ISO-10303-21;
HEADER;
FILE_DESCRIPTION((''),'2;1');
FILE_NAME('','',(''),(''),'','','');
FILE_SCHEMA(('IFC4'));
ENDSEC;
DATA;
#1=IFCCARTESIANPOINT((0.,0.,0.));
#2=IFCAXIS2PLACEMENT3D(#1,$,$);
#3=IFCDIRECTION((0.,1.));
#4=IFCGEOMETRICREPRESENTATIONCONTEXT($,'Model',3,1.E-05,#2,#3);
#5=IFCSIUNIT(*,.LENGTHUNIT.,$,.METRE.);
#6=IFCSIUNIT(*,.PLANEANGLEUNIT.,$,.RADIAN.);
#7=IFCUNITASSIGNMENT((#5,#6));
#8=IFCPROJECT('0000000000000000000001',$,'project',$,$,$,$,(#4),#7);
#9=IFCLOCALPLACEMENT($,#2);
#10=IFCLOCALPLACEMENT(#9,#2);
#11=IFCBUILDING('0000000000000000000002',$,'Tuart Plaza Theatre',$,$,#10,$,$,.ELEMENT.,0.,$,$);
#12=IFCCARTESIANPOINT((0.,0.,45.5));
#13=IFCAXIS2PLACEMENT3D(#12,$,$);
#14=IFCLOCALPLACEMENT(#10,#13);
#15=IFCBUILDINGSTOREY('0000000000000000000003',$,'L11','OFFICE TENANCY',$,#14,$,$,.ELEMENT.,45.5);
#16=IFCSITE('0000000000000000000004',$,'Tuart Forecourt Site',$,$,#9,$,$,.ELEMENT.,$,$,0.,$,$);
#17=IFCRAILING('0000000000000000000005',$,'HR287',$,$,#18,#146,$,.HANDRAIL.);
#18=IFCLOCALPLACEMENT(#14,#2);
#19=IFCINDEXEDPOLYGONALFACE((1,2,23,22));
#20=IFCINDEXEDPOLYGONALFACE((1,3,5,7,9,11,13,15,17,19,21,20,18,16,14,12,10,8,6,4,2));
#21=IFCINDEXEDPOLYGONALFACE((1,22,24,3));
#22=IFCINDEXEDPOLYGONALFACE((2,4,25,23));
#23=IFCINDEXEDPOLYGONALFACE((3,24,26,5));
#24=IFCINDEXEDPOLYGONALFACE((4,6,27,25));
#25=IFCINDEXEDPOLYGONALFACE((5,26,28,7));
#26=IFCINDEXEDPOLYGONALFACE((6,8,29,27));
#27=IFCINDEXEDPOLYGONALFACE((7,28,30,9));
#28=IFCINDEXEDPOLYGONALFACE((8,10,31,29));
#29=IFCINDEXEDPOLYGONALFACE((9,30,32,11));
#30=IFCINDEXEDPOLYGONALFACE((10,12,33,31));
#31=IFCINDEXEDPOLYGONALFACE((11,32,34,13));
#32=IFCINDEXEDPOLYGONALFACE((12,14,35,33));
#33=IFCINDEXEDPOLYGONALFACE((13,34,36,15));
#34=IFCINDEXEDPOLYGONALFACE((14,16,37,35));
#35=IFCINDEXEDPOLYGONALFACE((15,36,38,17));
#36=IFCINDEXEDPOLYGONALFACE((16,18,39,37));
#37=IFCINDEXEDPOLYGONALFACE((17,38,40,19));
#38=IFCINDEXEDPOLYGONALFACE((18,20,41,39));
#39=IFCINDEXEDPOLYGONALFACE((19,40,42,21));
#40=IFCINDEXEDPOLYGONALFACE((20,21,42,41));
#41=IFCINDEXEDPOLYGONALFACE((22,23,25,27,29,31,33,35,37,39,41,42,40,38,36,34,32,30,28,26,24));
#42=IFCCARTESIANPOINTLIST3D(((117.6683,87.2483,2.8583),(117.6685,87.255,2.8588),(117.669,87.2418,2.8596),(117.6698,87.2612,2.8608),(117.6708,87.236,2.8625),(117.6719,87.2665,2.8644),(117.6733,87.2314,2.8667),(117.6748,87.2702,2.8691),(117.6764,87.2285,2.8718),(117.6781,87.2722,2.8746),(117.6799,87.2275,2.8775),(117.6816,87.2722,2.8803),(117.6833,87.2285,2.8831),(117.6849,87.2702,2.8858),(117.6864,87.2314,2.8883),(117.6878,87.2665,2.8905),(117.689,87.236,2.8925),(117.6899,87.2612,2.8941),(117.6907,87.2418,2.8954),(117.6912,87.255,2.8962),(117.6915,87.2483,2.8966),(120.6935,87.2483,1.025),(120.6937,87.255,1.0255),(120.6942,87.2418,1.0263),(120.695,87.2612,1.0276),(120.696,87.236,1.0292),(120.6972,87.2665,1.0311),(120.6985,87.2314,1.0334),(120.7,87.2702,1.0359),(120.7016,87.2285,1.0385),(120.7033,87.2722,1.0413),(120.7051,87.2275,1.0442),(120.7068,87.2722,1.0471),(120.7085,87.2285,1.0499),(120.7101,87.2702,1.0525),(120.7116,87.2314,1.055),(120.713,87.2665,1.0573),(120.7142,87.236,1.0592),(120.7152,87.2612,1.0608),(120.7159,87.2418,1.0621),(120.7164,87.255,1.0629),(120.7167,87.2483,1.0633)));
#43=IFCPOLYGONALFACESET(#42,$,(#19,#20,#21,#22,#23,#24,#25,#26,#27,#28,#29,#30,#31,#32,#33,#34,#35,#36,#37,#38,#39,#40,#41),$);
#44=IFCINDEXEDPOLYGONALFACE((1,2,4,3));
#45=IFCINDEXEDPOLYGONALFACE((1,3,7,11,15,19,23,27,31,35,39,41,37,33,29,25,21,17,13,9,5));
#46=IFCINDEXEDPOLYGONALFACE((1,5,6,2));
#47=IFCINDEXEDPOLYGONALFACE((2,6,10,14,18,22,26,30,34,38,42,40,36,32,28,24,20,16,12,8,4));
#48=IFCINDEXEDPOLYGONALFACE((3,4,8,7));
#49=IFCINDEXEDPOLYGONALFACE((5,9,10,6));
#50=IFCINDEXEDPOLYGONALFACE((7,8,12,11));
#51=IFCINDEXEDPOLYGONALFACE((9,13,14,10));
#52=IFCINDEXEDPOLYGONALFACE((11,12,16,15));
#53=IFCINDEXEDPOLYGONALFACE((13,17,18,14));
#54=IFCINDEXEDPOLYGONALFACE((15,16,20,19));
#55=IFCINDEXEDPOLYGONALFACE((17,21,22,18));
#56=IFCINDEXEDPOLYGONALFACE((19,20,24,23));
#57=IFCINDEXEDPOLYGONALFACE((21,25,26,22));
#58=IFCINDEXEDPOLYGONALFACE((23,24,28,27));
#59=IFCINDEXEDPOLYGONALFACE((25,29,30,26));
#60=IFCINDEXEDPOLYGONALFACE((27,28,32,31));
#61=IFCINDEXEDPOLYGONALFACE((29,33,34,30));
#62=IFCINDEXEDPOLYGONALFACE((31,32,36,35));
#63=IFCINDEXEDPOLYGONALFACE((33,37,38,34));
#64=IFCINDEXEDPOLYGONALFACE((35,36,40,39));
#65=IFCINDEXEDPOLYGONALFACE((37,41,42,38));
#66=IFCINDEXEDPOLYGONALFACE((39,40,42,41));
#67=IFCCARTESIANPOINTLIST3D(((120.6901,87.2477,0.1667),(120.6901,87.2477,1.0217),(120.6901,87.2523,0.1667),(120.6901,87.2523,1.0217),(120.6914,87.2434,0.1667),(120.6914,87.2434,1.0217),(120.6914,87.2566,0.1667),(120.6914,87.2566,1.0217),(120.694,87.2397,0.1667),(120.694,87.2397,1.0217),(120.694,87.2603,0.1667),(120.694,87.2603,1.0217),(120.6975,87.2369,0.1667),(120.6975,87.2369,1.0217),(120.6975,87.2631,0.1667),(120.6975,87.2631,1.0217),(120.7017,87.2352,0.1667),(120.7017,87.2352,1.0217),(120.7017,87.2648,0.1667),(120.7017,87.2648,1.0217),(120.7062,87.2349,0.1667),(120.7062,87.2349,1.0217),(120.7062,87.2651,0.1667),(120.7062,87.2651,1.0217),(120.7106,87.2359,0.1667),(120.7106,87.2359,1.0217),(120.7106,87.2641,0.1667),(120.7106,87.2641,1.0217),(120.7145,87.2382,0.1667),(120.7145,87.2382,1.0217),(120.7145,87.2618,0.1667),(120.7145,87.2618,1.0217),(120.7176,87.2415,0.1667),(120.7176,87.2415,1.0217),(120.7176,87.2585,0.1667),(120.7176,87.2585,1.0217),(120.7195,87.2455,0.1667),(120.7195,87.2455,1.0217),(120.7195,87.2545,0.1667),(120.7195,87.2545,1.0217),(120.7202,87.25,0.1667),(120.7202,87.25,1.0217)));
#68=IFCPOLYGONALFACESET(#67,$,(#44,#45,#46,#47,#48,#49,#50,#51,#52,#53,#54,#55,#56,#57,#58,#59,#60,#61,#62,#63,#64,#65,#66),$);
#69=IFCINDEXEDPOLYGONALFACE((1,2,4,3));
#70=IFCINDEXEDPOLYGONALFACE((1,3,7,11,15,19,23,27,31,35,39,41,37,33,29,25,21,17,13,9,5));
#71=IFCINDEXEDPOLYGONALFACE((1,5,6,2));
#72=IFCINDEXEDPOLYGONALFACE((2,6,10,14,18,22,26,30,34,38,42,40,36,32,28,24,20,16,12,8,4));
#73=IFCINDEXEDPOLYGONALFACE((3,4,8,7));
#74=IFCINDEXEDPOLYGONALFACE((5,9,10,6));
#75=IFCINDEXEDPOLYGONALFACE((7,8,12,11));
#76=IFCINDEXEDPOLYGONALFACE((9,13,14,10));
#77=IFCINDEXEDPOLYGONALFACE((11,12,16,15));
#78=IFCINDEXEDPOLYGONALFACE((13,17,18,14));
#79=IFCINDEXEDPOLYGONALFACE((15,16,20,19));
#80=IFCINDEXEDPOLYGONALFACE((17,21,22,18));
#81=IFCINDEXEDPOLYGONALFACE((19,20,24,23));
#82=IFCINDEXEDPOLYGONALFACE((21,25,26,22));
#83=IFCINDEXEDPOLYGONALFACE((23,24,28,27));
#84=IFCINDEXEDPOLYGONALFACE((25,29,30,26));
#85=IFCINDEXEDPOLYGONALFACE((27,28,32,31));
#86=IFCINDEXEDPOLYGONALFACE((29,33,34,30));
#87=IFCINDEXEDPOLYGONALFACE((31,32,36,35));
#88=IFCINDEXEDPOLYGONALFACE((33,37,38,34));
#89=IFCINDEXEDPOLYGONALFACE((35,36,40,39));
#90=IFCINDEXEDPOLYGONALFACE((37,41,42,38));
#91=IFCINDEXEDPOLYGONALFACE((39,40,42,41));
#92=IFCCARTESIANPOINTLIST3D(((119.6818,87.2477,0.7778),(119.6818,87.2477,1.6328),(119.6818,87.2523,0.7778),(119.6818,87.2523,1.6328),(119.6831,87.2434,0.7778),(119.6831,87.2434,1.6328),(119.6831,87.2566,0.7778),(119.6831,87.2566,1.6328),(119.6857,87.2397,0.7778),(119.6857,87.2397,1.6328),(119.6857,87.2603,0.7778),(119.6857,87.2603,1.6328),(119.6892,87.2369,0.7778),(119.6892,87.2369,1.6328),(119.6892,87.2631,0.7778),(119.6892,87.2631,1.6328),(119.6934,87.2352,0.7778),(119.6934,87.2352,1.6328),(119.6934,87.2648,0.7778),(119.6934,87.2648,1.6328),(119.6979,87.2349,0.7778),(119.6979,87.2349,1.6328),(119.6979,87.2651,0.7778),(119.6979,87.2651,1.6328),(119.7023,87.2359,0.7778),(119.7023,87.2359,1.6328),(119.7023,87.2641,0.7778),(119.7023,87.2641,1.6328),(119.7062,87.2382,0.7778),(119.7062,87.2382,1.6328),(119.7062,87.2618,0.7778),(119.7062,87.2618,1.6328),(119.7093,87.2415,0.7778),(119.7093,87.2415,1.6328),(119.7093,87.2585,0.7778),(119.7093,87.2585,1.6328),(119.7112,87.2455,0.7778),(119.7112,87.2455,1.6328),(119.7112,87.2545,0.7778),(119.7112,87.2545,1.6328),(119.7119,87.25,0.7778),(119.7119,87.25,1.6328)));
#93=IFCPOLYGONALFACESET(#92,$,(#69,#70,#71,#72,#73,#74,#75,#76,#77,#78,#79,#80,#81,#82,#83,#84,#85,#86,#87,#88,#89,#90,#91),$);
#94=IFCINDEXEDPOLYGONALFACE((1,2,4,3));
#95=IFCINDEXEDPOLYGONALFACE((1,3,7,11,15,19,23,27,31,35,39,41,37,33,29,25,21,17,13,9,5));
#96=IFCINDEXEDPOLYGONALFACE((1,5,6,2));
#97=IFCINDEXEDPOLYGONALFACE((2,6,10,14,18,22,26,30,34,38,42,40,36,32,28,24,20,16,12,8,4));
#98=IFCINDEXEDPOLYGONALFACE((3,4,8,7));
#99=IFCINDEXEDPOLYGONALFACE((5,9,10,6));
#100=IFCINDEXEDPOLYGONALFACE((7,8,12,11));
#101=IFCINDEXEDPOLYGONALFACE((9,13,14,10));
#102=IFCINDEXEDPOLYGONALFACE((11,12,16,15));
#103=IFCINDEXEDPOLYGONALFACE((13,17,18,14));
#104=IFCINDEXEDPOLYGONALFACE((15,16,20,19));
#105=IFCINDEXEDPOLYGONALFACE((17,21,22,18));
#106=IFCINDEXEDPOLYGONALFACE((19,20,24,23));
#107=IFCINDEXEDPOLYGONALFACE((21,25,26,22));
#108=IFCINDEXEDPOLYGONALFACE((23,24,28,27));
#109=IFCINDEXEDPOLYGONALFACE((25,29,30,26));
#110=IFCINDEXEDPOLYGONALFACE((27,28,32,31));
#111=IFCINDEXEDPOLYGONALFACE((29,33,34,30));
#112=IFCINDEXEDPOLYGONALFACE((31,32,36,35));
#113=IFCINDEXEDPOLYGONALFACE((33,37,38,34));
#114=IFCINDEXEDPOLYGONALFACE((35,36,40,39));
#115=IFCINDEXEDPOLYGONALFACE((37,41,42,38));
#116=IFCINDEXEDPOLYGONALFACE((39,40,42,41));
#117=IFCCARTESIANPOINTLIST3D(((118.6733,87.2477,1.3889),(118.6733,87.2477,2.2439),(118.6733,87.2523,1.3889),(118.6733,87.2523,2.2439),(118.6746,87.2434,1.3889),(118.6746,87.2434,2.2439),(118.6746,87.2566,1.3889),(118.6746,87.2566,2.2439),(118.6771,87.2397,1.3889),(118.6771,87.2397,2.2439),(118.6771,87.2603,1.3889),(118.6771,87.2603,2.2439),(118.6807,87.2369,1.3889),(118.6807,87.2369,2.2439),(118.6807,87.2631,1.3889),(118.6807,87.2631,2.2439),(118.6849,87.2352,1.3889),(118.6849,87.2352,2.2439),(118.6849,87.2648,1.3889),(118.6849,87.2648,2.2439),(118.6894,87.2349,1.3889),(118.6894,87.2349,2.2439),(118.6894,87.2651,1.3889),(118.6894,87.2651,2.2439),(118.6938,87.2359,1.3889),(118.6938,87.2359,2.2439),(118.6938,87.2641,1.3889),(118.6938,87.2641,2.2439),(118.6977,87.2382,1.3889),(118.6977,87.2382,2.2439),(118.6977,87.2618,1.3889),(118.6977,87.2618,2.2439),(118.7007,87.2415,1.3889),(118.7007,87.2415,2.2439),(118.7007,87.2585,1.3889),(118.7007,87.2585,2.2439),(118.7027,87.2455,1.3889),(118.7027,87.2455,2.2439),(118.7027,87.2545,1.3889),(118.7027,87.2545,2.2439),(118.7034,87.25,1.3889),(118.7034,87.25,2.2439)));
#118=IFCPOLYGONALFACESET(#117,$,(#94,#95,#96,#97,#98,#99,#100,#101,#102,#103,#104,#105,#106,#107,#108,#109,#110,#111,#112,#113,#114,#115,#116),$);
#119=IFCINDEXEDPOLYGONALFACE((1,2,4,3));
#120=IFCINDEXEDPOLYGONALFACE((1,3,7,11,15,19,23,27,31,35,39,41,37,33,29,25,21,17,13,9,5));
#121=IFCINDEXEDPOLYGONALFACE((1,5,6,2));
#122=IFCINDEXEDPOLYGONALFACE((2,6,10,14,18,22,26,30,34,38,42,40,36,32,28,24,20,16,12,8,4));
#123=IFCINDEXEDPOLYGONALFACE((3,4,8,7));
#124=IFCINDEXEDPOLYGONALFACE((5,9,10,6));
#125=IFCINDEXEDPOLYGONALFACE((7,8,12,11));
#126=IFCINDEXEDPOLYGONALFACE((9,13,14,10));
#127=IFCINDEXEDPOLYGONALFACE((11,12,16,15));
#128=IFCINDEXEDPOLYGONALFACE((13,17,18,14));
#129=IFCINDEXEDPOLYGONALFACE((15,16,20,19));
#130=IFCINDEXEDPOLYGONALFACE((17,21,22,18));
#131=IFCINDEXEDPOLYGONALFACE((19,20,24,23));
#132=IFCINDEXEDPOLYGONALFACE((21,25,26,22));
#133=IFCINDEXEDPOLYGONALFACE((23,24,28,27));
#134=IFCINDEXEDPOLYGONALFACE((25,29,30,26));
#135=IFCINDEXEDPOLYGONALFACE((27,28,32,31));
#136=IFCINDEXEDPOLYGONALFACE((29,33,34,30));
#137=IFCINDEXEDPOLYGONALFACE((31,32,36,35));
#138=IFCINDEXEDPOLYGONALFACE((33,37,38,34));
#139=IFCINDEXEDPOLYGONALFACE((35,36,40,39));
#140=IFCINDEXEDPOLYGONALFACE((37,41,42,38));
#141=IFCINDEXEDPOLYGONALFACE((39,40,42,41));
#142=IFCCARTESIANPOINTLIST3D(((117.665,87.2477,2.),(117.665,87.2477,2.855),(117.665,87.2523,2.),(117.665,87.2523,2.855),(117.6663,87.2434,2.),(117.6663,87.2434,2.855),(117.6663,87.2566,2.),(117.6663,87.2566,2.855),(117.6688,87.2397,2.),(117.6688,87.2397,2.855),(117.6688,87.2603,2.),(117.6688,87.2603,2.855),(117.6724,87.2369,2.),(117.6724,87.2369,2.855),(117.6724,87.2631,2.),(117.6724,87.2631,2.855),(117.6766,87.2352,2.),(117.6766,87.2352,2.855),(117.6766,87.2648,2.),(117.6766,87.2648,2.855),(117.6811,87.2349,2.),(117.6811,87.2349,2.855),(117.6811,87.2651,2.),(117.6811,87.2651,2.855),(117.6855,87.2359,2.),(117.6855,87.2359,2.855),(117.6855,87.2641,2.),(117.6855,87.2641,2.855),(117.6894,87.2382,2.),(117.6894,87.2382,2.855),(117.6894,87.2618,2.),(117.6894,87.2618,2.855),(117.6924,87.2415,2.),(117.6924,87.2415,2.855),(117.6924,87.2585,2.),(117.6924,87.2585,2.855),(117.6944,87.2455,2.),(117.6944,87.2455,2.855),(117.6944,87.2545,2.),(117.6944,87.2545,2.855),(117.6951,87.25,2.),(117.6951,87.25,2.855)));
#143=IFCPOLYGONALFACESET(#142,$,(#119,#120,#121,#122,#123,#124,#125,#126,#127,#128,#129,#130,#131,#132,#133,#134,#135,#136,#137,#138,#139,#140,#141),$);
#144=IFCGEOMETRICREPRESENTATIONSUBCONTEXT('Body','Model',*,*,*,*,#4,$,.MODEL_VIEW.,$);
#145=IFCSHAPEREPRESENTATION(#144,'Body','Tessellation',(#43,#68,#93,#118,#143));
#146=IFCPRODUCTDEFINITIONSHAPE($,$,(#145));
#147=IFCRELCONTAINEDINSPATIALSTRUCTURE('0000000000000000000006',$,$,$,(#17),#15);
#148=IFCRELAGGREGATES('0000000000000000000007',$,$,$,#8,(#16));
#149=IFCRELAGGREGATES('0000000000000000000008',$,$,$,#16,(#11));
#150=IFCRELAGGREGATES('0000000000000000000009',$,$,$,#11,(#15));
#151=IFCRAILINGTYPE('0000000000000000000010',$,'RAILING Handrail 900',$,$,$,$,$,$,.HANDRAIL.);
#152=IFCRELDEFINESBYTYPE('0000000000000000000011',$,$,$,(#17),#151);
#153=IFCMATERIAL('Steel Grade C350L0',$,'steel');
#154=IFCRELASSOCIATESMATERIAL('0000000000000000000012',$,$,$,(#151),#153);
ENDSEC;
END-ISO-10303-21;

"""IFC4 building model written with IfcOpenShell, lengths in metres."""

from ifc_helpers import new_model, si_unit, direction, frame, origin, origin_2d, place, context, subcontext, project, spatial, circle, extrude, material, type_object, element, save


model = new_model("IFC4")

# Units and contexts
model_context = context("Model", 3, precision=1e-05, world=origin(), true_north=direction((0.0, 1.0)))
body_context = subcontext(model_context, "Body", "Model", "MODEL_VIEW")
ifc_project = project(units=[si_unit("LENGTHUNIT", "METRE"), si_unit("PLANEANGLEUNIT", "RADIAN")], contexts=[model_context])

# Site, building, storey
site_placement = place(None, origin())
site = spatial("IfcSite", under=ifc_project, at=site_placement, Name="Tuart Forecourt Site", CompositionType="ELEMENT", RefElevation=0.0)
building_placement = place(site_placement, origin())
building = spatial("IfcBuilding", under=site, at=building_placement, Name="Tuart Plaza Theatre", CompositionType="ELEMENT", ElevationOfRefHeight=0.0)
storey_placement = place(building_placement, frame((0.0, 0.0, 45.5)))
storey = spatial("IfcBuildingStorey", under=building, at=storey_placement, Name="L11", Description="OFFICE TENANCY", CompositionType="ELEMENT", Elevation=45.5)

# Railing
ifc_material_1 = material(Name="Steel Grade C350L0", Category="steel")
railing_type_1 = type_object("IfcRailingType", Name="RAILING Handrail 900", PredefinedType="HANDRAIL", material=ifc_material_1)
for number, where, name in (
    (1, (120.7051, 87.25, 0.1667), "HR287"),
):
    element("IfcRailing", number, at=place(storey_placement, frame(where)), inside=storey, type_object=railing_type_1, Name=name, PredefinedType="HANDRAIL", context=body_context, shape_type="SweptSolid", body=[
        extrude(circle(Radius=0.0225, at=origin_2d()), frame((0.0, 0.0, 0.8774), z_axis=(-0.855219, 0.0, 0.518267), x_axis=(0.0, -1.0, 0.0)), (0.0, 0.0, 1.0), 3.5374),
        extrude(circle(Radius=0.0151, at=origin_2d()), origin(), (0.0, 0.0, 1.0), 0.855),
        extrude(circle(Radius=0.0151, at=origin_2d()), frame((-1.0083, 0.0, 0.6111)), (0.0, 0.0, 1.0), 0.855),
        extrude(circle(Radius=0.0151, at=origin_2d()), frame((-2.0168, 0.0, 1.2222)), (0.0, 0.0, 1.0), 0.855),
        extrude(circle(Radius=0.0151, at=origin_2d()), frame((-3.0251, 0.0, 1.8333)), (0.0, 0.0, 1.0), 0.855),
    ])

save(model, "model.ifc")
